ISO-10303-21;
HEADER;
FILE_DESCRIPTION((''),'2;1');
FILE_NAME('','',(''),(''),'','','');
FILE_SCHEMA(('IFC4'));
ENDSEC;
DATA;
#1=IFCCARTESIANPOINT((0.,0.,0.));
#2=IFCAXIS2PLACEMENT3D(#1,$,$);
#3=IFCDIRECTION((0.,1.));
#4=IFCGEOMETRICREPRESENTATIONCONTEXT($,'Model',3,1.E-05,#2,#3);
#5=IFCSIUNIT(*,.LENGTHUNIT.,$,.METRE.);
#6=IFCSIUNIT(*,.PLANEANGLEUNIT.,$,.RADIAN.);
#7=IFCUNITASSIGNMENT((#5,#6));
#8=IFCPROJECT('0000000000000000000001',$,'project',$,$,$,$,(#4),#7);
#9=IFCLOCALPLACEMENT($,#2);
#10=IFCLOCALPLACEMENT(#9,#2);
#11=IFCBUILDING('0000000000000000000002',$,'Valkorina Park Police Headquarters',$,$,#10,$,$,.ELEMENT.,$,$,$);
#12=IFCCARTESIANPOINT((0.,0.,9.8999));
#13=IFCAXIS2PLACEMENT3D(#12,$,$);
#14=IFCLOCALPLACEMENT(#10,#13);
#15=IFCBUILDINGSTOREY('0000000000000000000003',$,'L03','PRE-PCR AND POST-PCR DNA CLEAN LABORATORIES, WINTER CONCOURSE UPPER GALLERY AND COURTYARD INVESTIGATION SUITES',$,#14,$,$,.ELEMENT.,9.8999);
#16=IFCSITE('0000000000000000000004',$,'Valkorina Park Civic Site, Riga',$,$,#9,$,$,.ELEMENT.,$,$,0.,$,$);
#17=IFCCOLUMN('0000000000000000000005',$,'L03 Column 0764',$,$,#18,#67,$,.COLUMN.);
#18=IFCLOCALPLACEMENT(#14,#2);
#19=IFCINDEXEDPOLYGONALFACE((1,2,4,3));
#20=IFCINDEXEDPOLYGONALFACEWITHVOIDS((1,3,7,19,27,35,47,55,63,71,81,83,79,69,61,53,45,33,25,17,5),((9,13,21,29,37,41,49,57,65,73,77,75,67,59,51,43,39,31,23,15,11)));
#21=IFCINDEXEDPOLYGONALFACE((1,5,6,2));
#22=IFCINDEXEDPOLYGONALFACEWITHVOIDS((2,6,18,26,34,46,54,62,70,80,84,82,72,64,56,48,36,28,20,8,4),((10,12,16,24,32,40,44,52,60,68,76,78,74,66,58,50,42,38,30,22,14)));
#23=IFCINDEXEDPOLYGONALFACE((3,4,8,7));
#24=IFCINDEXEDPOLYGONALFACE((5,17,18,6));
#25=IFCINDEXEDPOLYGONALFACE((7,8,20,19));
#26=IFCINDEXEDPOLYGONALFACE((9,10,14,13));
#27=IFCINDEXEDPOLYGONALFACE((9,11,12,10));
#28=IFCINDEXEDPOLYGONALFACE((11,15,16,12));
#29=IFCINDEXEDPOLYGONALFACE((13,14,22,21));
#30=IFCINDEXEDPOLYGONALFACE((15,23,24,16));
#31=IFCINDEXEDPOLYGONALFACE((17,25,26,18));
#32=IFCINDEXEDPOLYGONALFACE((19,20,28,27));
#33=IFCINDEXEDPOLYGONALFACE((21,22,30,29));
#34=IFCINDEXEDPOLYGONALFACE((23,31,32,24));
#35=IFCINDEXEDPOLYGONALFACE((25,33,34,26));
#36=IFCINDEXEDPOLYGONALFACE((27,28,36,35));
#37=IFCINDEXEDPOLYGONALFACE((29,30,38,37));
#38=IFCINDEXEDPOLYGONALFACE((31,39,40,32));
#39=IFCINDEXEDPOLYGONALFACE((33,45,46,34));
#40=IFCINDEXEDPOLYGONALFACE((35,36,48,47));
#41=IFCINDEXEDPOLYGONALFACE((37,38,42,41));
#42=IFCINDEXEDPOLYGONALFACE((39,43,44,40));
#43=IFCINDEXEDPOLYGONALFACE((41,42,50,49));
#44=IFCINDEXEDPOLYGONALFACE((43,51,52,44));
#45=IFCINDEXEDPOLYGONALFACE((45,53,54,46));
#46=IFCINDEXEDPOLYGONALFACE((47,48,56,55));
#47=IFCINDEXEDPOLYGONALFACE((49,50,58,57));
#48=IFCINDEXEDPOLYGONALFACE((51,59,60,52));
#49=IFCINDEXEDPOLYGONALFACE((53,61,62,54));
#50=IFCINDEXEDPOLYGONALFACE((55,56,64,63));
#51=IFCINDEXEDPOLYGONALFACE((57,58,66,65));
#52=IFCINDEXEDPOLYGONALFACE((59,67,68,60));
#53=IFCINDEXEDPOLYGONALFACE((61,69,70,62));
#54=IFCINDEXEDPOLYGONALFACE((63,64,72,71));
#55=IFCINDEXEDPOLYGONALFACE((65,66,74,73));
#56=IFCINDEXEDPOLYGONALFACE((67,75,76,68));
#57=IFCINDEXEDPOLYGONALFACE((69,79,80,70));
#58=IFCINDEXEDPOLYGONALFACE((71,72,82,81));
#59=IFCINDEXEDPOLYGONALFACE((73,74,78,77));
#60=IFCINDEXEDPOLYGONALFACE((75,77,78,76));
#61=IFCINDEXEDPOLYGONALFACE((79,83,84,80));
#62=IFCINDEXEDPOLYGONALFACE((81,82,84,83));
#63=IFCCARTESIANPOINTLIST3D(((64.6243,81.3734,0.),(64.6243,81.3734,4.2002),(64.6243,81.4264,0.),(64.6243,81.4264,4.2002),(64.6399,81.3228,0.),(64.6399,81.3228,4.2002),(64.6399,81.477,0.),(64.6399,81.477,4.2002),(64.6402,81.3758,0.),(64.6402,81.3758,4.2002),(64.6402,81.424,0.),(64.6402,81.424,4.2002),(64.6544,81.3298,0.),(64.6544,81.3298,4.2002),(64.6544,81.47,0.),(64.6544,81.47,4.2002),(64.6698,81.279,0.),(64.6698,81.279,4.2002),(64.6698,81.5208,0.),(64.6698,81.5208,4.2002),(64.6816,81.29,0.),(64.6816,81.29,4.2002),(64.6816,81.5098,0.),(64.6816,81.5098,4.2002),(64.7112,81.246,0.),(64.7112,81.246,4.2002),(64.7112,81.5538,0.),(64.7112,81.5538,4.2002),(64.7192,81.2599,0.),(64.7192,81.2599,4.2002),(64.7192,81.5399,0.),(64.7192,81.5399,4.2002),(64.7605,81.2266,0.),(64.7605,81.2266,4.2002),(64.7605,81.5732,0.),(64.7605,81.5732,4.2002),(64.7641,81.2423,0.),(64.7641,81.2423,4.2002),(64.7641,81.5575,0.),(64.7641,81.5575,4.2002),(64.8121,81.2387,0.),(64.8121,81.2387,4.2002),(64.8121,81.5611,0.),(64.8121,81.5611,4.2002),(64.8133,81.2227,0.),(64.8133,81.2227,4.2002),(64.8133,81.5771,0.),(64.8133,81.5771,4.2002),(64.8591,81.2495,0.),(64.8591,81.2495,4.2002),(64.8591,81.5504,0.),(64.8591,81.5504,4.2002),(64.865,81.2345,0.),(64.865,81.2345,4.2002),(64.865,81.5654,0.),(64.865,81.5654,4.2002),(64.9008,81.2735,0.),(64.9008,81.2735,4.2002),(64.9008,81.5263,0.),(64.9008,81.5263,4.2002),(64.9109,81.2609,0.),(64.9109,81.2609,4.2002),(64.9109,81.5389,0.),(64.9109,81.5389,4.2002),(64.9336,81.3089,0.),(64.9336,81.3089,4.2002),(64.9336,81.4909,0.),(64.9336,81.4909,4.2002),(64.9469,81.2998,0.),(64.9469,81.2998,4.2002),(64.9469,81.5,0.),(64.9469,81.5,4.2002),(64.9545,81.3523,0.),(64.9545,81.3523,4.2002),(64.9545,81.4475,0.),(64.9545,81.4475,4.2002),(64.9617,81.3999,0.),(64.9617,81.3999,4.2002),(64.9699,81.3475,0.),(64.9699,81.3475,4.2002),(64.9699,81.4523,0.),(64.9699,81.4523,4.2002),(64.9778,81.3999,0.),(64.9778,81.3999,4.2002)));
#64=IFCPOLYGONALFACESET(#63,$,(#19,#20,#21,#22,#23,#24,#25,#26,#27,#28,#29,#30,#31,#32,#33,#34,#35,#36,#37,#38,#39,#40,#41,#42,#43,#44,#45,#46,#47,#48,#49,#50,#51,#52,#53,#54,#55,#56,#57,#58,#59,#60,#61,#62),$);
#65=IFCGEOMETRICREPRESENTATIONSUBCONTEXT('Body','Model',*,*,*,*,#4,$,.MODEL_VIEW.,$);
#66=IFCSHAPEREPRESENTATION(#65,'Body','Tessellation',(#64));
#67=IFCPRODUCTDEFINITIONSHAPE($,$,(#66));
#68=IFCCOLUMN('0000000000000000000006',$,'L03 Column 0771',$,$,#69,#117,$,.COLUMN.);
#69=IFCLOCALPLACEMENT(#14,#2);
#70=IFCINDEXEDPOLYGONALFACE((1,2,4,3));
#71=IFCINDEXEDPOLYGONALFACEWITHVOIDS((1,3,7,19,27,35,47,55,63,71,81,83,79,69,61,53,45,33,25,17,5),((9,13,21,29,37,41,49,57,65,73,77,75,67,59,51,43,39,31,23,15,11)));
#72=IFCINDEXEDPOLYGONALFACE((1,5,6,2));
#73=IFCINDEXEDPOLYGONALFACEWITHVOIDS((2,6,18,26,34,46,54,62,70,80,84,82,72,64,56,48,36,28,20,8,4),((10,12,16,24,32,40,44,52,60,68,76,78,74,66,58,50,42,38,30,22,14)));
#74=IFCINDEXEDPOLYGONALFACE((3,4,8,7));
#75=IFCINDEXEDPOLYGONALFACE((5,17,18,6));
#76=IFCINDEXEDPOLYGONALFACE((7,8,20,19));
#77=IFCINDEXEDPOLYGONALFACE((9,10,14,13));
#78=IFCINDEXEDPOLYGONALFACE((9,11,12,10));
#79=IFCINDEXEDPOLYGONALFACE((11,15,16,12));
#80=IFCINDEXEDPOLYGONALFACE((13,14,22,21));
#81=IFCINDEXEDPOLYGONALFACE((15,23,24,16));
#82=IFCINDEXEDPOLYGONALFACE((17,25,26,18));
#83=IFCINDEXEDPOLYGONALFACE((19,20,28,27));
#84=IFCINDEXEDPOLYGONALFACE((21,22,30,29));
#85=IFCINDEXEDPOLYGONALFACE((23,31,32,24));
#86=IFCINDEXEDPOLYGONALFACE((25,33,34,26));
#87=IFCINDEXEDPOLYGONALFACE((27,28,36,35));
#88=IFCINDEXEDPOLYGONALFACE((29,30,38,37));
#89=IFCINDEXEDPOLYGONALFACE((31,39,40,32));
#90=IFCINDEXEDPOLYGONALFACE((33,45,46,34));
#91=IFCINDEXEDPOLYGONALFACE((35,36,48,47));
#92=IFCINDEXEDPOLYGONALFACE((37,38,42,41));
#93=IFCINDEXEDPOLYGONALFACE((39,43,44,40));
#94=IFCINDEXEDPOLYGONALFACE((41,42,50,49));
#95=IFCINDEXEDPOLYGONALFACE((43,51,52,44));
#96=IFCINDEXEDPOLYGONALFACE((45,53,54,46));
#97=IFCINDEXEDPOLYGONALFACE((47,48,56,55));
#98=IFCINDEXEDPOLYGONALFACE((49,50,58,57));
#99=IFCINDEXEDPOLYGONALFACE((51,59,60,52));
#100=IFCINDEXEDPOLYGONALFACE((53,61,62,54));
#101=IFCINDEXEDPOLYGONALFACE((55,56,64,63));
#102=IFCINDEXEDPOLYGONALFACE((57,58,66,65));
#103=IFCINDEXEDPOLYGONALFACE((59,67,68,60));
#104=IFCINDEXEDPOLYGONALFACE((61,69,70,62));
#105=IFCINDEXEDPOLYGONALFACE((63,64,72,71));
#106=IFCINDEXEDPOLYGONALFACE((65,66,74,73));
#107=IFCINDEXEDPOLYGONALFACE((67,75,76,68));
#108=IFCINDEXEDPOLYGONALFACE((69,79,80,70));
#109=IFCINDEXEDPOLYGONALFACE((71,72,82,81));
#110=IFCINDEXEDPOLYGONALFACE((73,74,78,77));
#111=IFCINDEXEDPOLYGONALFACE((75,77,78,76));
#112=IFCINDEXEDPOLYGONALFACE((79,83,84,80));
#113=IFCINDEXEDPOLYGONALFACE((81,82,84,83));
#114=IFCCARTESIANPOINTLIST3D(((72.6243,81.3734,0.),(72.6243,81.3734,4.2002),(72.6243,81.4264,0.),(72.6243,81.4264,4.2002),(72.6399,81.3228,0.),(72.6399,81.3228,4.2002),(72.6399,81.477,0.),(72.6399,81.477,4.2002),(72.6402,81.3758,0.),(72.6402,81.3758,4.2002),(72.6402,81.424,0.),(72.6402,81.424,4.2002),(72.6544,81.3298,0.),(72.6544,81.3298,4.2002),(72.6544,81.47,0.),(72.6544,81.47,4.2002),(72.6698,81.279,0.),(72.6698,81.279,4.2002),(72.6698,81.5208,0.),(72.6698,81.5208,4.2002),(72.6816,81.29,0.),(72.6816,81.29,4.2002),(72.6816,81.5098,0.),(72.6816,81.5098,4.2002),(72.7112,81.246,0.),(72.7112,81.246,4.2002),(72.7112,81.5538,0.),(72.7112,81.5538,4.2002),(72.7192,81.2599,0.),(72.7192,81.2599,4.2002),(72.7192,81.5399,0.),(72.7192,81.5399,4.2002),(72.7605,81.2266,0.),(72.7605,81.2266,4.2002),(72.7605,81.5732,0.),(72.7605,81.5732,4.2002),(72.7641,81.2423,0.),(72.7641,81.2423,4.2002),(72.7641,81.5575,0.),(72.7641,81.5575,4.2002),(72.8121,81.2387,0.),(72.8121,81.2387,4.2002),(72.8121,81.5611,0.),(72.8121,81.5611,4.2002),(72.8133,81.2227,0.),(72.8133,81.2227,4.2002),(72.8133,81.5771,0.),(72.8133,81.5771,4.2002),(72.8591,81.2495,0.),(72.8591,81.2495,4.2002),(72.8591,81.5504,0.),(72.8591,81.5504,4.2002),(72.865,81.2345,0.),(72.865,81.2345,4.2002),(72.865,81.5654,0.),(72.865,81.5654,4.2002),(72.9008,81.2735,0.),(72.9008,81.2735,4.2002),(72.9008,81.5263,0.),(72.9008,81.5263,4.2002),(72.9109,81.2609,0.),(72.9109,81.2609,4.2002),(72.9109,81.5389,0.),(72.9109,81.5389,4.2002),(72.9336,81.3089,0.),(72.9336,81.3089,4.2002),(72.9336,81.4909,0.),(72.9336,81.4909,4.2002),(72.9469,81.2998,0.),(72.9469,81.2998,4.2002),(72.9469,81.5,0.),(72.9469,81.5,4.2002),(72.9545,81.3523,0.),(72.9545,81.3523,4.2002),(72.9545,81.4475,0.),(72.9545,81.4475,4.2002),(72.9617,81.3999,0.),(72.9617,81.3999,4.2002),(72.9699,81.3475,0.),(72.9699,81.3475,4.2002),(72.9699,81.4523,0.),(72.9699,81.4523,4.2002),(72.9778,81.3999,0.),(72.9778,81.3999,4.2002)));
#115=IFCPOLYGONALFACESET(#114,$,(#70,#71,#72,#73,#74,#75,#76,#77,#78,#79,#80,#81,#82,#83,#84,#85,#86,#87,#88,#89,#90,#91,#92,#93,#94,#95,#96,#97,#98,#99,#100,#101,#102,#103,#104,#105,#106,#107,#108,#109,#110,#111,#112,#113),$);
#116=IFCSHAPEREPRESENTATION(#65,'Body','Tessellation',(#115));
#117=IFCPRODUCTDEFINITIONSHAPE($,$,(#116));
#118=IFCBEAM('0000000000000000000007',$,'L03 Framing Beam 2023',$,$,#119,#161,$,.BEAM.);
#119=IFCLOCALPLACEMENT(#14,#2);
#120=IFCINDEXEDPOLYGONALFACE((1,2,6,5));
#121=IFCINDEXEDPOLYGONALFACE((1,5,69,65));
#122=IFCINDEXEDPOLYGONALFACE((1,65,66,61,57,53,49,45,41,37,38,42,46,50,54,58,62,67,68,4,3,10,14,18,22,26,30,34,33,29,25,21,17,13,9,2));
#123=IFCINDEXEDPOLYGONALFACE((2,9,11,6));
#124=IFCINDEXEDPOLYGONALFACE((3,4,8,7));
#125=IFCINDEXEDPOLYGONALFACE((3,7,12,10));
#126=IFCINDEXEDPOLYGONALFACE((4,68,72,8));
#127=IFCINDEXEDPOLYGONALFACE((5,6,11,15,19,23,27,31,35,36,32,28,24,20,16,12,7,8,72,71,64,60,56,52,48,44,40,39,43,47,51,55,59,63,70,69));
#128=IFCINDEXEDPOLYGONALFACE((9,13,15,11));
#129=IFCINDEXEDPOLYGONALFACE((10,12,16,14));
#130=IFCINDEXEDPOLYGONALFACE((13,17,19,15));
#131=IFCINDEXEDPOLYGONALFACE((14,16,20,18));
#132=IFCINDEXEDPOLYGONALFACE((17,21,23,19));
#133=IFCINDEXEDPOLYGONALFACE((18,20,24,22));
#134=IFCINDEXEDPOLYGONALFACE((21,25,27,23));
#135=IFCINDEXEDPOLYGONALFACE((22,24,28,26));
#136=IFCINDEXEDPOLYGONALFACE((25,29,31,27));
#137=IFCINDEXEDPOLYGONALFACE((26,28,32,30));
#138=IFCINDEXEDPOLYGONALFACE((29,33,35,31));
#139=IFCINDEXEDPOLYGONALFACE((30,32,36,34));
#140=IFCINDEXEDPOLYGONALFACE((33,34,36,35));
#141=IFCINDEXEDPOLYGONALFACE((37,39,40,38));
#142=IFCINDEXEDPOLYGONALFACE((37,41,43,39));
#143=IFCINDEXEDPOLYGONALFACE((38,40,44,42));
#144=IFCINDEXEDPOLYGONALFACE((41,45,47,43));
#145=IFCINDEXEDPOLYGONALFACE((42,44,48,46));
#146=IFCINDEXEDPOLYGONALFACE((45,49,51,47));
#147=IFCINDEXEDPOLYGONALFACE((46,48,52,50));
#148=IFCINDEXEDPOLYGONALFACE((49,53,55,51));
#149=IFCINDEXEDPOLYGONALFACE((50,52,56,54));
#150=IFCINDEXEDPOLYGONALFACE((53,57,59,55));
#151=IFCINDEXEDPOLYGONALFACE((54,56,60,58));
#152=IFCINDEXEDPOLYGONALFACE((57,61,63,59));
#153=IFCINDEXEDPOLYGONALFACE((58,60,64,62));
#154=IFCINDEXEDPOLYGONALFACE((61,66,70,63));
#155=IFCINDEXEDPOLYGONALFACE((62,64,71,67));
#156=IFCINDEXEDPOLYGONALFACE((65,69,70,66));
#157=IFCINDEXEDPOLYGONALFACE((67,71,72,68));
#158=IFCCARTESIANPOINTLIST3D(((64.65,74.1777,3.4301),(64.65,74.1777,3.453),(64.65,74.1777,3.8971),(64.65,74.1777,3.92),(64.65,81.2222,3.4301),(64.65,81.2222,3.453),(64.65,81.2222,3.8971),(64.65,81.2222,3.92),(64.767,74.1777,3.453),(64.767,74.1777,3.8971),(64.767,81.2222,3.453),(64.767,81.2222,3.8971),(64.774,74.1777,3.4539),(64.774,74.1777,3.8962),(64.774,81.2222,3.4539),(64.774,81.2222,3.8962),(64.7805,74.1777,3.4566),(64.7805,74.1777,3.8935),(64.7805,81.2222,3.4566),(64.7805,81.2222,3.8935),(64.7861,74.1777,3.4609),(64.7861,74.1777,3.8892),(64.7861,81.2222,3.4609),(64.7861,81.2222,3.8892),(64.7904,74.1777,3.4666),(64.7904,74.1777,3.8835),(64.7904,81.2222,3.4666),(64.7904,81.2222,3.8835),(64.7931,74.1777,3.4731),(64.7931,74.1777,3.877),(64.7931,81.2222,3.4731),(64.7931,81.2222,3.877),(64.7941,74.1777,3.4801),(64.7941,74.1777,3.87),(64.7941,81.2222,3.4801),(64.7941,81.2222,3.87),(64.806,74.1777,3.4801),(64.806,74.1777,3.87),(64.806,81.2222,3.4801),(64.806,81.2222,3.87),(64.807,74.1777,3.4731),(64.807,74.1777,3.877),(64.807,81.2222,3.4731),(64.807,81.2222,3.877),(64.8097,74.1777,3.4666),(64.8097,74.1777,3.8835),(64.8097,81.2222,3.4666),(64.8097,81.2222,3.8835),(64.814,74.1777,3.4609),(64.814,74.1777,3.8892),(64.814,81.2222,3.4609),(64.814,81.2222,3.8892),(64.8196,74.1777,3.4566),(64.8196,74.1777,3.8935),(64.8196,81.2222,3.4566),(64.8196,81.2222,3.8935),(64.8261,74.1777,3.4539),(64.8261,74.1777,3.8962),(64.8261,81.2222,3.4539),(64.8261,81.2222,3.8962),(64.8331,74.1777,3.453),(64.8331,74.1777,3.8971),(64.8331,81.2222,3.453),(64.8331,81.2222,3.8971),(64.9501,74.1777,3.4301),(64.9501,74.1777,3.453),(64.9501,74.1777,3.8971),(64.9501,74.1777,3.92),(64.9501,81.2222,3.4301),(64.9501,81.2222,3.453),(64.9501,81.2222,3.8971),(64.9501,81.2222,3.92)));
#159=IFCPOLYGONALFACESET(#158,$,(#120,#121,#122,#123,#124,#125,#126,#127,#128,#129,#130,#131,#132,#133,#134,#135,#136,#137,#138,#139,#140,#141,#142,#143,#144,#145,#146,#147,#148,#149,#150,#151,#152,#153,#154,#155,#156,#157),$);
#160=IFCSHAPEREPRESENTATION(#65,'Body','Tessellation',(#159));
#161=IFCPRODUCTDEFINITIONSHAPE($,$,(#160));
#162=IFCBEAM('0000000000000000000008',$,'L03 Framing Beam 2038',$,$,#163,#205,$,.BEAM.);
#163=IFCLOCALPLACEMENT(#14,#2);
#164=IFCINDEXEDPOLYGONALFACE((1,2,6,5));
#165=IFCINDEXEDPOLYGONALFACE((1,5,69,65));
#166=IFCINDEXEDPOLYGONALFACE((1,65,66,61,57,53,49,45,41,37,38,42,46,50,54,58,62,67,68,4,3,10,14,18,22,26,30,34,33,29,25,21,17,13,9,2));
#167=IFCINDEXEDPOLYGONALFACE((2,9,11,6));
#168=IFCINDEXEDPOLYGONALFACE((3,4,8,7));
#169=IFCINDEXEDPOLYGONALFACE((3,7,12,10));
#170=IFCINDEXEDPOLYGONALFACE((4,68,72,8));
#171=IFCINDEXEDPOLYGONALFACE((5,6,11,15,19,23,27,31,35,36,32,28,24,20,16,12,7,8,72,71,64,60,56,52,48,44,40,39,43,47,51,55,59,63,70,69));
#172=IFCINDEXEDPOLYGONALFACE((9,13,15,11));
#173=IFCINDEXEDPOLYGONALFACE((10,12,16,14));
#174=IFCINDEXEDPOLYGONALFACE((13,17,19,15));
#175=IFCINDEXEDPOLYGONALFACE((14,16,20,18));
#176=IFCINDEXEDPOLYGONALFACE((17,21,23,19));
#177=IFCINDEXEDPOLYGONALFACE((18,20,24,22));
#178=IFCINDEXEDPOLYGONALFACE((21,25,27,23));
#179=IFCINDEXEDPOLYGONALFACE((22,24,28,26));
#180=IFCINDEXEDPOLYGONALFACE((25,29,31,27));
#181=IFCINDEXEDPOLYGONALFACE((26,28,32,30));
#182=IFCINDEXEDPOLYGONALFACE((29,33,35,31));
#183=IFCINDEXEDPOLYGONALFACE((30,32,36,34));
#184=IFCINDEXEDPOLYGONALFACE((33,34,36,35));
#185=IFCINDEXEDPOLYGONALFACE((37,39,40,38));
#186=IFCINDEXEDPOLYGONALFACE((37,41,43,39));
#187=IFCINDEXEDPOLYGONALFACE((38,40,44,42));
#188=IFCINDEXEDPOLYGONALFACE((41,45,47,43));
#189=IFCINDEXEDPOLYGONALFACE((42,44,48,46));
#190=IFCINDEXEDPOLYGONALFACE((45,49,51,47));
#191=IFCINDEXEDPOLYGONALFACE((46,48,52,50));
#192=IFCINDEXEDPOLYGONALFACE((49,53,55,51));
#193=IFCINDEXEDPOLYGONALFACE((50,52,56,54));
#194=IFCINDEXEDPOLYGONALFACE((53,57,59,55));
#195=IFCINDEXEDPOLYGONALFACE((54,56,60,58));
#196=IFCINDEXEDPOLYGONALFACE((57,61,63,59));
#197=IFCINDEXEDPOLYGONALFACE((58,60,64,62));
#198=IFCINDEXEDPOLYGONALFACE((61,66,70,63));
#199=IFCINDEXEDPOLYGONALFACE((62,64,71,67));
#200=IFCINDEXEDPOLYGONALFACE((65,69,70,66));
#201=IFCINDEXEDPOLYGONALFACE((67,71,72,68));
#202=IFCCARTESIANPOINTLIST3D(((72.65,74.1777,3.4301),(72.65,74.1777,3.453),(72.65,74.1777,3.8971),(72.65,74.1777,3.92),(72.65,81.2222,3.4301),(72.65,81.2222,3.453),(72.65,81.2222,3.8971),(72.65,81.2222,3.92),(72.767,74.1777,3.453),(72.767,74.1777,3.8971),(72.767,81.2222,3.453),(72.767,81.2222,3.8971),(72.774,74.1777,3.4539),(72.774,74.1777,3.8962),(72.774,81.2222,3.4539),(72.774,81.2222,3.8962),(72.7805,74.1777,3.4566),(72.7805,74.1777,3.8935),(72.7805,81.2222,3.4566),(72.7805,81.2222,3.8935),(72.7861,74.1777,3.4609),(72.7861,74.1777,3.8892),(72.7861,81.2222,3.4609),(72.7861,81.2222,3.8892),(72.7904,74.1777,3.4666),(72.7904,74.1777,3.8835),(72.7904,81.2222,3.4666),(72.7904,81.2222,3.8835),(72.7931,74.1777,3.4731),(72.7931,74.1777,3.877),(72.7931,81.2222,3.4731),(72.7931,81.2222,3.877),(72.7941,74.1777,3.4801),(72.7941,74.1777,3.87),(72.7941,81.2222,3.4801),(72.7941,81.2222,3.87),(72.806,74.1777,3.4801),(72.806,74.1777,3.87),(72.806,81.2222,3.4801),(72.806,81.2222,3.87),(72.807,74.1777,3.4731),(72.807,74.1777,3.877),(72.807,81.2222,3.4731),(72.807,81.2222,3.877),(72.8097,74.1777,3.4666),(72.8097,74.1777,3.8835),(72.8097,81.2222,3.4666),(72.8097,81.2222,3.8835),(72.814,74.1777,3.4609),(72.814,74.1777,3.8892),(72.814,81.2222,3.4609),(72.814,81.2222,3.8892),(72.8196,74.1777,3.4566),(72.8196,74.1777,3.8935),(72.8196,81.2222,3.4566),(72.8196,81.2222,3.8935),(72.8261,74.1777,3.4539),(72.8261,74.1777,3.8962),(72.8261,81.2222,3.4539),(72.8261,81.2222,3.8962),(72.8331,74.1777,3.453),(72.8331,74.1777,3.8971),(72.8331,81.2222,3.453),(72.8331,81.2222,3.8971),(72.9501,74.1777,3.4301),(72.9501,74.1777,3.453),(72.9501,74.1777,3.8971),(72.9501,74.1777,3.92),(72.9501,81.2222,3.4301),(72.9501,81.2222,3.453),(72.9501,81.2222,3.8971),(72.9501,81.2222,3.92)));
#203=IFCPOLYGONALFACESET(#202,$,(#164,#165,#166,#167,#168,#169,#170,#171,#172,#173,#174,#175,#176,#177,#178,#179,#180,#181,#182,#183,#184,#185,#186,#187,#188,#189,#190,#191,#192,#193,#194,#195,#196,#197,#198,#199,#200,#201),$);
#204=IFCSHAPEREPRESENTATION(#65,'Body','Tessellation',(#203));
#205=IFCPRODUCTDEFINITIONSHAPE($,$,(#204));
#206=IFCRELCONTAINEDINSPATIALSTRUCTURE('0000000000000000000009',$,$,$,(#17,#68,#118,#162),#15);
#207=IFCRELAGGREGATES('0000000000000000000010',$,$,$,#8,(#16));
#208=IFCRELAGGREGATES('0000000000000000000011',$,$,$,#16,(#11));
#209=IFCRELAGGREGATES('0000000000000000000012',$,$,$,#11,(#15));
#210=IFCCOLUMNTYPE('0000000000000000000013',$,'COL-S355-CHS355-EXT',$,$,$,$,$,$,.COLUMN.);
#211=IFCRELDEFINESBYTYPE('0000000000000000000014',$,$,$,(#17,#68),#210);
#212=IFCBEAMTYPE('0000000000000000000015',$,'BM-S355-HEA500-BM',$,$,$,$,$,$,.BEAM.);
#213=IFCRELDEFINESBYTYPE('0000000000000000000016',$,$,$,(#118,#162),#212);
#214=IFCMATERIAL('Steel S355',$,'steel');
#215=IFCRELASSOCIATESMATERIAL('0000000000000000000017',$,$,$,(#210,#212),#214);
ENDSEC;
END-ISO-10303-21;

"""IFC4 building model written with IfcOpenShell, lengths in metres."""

from ifc_helpers import new_model, si_unit, direction, frame, origin, origin_2d, place, context, subcontext, project, spatial, hollow_circle, i_section, extrude, material, material_profile, profile_set, type_object, element, save


model = new_model("IFC4")

# Units and contexts
model_context = context("Model", 3, precision=1e-05, world=origin(), true_north=direction((0.0, 1.0)))
body_context = subcontext(model_context, "Body", "Model", "MODEL_VIEW")
ifc_project = project(units=[si_unit("LENGTHUNIT", "METRE"), si_unit("PLANEANGLEUNIT", "RADIAN")], contexts=[model_context])

# Site, building, storey
site_placement = place(None, origin())
site = spatial("IfcSite", under=ifc_project, at=site_placement, Name="Valkorina Park Civic Site, Riga", CompositionType="ELEMENT", RefElevation=0.0)
building_placement = place(site_placement, origin())
building = spatial("IfcBuilding", under=site, at=building_placement, Name="Valkorina Park Police Headquarters", CompositionType="ELEMENT")
storey_placement = place(building_placement, frame((0.0, 0.0, 9.8999)))
storey = spatial("IfcBuildingStorey", under=building, at=storey_placement, Name="L03", Description="PRE-PCR AND POST-PCR DNA CLEAN LABORATORIES, WINTER CONCOURSE UPPER GALLERY AND COURTYARD INVESTIGATION SUITES", CompositionType="ELEMENT", Elevation=9.8999)

# Columns
ifc_material_1 = material(Name="Steel S355", Category="steel")
ifc_material_profile_1 = material_profile(ifc_material_1, hollow_circle(Radius=0.1777, WallThickness=0.0161, at=origin_2d()), Name="CHS 355.6x16")
ifc_profile_set_1 = profile_set([ifc_material_profile_1], Name="Steel S355")
column_type = type_object("IfcColumnType", Name="COL-S355-CHS355-EXT", PredefinedType="COLUMN", material=ifc_profile_set_1)
for number, where, z_axis, x_axis, name in (
    (1, (64.8, 81.3999, 0.0), (0.0, 0.0, 1.0), (1.0, 0.0, 0.0), "L03 Column 0764"),
    (2, (72.8, 81.3999, 0.0), (0.0, 0.0, 1.0), (1.0, 0.0, 0.0), "L03 Column 0771"),
):
    element("IfcColumn", number, at=place(storey_placement, frame(where, z_axis=z_axis, x_axis=x_axis)), inside=storey, type_object=column_type, Name=name, PredefinedType="COLUMN", context=body_context, shape_type="SweptSolid", body=[
        extrude(hollow_circle(Radius=0.1777, WallThickness=0.0161, at=origin_2d()), origin(), (0.0, 0.0, 1.0), 4.2002),
    ])

# Beams
ifc_material_profile_2 = material_profile(ifc_material_1, i_section(OverallWidth=0.3, OverallDepth=0.49, WebThickness=0.012, FlangeThickness=0.0229, FilletRadius=0.0271, at=origin_2d()), Name="HEA 500")
ifc_profile_set_2 = profile_set([ifc_material_profile_2], Name="Steel S355")
beam_type_1 = type_object("IfcBeamType", Name="BM-S355-HEA500-BM", PredefinedType="BEAM", material=ifc_profile_set_2)
for number, where, z_axis, x_axis, name in (
    (3, (64.8, 74.1777, 3.675), (0.0, 1.0, 0.0), (-1.0, 0.0, 0.0), "L03 Framing Beam 2023"),
    (4, (72.8, 74.1777, 3.675), (0.0, 1.0, 0.0), (-1.0, 0.0, 0.0), "L03 Framing Beam 2038"),
):
    element("IfcBeam", number, at=place(storey_placement, frame(where, z_axis=z_axis, x_axis=x_axis)), inside=storey, type_object=beam_type_1, Name=name, PredefinedType="BEAM", context=body_context, shape_type="SweptSolid", body=[
        extrude(i_section(OverallWidth=0.3, OverallDepth=0.49, WebThickness=0.012, FlangeThickness=0.0229, FilletRadius=0.0271, at=origin_2d()), origin(), (0.0, 0.0, 1.0), 7.0444),
    ])

save(model, "model.ifc")
